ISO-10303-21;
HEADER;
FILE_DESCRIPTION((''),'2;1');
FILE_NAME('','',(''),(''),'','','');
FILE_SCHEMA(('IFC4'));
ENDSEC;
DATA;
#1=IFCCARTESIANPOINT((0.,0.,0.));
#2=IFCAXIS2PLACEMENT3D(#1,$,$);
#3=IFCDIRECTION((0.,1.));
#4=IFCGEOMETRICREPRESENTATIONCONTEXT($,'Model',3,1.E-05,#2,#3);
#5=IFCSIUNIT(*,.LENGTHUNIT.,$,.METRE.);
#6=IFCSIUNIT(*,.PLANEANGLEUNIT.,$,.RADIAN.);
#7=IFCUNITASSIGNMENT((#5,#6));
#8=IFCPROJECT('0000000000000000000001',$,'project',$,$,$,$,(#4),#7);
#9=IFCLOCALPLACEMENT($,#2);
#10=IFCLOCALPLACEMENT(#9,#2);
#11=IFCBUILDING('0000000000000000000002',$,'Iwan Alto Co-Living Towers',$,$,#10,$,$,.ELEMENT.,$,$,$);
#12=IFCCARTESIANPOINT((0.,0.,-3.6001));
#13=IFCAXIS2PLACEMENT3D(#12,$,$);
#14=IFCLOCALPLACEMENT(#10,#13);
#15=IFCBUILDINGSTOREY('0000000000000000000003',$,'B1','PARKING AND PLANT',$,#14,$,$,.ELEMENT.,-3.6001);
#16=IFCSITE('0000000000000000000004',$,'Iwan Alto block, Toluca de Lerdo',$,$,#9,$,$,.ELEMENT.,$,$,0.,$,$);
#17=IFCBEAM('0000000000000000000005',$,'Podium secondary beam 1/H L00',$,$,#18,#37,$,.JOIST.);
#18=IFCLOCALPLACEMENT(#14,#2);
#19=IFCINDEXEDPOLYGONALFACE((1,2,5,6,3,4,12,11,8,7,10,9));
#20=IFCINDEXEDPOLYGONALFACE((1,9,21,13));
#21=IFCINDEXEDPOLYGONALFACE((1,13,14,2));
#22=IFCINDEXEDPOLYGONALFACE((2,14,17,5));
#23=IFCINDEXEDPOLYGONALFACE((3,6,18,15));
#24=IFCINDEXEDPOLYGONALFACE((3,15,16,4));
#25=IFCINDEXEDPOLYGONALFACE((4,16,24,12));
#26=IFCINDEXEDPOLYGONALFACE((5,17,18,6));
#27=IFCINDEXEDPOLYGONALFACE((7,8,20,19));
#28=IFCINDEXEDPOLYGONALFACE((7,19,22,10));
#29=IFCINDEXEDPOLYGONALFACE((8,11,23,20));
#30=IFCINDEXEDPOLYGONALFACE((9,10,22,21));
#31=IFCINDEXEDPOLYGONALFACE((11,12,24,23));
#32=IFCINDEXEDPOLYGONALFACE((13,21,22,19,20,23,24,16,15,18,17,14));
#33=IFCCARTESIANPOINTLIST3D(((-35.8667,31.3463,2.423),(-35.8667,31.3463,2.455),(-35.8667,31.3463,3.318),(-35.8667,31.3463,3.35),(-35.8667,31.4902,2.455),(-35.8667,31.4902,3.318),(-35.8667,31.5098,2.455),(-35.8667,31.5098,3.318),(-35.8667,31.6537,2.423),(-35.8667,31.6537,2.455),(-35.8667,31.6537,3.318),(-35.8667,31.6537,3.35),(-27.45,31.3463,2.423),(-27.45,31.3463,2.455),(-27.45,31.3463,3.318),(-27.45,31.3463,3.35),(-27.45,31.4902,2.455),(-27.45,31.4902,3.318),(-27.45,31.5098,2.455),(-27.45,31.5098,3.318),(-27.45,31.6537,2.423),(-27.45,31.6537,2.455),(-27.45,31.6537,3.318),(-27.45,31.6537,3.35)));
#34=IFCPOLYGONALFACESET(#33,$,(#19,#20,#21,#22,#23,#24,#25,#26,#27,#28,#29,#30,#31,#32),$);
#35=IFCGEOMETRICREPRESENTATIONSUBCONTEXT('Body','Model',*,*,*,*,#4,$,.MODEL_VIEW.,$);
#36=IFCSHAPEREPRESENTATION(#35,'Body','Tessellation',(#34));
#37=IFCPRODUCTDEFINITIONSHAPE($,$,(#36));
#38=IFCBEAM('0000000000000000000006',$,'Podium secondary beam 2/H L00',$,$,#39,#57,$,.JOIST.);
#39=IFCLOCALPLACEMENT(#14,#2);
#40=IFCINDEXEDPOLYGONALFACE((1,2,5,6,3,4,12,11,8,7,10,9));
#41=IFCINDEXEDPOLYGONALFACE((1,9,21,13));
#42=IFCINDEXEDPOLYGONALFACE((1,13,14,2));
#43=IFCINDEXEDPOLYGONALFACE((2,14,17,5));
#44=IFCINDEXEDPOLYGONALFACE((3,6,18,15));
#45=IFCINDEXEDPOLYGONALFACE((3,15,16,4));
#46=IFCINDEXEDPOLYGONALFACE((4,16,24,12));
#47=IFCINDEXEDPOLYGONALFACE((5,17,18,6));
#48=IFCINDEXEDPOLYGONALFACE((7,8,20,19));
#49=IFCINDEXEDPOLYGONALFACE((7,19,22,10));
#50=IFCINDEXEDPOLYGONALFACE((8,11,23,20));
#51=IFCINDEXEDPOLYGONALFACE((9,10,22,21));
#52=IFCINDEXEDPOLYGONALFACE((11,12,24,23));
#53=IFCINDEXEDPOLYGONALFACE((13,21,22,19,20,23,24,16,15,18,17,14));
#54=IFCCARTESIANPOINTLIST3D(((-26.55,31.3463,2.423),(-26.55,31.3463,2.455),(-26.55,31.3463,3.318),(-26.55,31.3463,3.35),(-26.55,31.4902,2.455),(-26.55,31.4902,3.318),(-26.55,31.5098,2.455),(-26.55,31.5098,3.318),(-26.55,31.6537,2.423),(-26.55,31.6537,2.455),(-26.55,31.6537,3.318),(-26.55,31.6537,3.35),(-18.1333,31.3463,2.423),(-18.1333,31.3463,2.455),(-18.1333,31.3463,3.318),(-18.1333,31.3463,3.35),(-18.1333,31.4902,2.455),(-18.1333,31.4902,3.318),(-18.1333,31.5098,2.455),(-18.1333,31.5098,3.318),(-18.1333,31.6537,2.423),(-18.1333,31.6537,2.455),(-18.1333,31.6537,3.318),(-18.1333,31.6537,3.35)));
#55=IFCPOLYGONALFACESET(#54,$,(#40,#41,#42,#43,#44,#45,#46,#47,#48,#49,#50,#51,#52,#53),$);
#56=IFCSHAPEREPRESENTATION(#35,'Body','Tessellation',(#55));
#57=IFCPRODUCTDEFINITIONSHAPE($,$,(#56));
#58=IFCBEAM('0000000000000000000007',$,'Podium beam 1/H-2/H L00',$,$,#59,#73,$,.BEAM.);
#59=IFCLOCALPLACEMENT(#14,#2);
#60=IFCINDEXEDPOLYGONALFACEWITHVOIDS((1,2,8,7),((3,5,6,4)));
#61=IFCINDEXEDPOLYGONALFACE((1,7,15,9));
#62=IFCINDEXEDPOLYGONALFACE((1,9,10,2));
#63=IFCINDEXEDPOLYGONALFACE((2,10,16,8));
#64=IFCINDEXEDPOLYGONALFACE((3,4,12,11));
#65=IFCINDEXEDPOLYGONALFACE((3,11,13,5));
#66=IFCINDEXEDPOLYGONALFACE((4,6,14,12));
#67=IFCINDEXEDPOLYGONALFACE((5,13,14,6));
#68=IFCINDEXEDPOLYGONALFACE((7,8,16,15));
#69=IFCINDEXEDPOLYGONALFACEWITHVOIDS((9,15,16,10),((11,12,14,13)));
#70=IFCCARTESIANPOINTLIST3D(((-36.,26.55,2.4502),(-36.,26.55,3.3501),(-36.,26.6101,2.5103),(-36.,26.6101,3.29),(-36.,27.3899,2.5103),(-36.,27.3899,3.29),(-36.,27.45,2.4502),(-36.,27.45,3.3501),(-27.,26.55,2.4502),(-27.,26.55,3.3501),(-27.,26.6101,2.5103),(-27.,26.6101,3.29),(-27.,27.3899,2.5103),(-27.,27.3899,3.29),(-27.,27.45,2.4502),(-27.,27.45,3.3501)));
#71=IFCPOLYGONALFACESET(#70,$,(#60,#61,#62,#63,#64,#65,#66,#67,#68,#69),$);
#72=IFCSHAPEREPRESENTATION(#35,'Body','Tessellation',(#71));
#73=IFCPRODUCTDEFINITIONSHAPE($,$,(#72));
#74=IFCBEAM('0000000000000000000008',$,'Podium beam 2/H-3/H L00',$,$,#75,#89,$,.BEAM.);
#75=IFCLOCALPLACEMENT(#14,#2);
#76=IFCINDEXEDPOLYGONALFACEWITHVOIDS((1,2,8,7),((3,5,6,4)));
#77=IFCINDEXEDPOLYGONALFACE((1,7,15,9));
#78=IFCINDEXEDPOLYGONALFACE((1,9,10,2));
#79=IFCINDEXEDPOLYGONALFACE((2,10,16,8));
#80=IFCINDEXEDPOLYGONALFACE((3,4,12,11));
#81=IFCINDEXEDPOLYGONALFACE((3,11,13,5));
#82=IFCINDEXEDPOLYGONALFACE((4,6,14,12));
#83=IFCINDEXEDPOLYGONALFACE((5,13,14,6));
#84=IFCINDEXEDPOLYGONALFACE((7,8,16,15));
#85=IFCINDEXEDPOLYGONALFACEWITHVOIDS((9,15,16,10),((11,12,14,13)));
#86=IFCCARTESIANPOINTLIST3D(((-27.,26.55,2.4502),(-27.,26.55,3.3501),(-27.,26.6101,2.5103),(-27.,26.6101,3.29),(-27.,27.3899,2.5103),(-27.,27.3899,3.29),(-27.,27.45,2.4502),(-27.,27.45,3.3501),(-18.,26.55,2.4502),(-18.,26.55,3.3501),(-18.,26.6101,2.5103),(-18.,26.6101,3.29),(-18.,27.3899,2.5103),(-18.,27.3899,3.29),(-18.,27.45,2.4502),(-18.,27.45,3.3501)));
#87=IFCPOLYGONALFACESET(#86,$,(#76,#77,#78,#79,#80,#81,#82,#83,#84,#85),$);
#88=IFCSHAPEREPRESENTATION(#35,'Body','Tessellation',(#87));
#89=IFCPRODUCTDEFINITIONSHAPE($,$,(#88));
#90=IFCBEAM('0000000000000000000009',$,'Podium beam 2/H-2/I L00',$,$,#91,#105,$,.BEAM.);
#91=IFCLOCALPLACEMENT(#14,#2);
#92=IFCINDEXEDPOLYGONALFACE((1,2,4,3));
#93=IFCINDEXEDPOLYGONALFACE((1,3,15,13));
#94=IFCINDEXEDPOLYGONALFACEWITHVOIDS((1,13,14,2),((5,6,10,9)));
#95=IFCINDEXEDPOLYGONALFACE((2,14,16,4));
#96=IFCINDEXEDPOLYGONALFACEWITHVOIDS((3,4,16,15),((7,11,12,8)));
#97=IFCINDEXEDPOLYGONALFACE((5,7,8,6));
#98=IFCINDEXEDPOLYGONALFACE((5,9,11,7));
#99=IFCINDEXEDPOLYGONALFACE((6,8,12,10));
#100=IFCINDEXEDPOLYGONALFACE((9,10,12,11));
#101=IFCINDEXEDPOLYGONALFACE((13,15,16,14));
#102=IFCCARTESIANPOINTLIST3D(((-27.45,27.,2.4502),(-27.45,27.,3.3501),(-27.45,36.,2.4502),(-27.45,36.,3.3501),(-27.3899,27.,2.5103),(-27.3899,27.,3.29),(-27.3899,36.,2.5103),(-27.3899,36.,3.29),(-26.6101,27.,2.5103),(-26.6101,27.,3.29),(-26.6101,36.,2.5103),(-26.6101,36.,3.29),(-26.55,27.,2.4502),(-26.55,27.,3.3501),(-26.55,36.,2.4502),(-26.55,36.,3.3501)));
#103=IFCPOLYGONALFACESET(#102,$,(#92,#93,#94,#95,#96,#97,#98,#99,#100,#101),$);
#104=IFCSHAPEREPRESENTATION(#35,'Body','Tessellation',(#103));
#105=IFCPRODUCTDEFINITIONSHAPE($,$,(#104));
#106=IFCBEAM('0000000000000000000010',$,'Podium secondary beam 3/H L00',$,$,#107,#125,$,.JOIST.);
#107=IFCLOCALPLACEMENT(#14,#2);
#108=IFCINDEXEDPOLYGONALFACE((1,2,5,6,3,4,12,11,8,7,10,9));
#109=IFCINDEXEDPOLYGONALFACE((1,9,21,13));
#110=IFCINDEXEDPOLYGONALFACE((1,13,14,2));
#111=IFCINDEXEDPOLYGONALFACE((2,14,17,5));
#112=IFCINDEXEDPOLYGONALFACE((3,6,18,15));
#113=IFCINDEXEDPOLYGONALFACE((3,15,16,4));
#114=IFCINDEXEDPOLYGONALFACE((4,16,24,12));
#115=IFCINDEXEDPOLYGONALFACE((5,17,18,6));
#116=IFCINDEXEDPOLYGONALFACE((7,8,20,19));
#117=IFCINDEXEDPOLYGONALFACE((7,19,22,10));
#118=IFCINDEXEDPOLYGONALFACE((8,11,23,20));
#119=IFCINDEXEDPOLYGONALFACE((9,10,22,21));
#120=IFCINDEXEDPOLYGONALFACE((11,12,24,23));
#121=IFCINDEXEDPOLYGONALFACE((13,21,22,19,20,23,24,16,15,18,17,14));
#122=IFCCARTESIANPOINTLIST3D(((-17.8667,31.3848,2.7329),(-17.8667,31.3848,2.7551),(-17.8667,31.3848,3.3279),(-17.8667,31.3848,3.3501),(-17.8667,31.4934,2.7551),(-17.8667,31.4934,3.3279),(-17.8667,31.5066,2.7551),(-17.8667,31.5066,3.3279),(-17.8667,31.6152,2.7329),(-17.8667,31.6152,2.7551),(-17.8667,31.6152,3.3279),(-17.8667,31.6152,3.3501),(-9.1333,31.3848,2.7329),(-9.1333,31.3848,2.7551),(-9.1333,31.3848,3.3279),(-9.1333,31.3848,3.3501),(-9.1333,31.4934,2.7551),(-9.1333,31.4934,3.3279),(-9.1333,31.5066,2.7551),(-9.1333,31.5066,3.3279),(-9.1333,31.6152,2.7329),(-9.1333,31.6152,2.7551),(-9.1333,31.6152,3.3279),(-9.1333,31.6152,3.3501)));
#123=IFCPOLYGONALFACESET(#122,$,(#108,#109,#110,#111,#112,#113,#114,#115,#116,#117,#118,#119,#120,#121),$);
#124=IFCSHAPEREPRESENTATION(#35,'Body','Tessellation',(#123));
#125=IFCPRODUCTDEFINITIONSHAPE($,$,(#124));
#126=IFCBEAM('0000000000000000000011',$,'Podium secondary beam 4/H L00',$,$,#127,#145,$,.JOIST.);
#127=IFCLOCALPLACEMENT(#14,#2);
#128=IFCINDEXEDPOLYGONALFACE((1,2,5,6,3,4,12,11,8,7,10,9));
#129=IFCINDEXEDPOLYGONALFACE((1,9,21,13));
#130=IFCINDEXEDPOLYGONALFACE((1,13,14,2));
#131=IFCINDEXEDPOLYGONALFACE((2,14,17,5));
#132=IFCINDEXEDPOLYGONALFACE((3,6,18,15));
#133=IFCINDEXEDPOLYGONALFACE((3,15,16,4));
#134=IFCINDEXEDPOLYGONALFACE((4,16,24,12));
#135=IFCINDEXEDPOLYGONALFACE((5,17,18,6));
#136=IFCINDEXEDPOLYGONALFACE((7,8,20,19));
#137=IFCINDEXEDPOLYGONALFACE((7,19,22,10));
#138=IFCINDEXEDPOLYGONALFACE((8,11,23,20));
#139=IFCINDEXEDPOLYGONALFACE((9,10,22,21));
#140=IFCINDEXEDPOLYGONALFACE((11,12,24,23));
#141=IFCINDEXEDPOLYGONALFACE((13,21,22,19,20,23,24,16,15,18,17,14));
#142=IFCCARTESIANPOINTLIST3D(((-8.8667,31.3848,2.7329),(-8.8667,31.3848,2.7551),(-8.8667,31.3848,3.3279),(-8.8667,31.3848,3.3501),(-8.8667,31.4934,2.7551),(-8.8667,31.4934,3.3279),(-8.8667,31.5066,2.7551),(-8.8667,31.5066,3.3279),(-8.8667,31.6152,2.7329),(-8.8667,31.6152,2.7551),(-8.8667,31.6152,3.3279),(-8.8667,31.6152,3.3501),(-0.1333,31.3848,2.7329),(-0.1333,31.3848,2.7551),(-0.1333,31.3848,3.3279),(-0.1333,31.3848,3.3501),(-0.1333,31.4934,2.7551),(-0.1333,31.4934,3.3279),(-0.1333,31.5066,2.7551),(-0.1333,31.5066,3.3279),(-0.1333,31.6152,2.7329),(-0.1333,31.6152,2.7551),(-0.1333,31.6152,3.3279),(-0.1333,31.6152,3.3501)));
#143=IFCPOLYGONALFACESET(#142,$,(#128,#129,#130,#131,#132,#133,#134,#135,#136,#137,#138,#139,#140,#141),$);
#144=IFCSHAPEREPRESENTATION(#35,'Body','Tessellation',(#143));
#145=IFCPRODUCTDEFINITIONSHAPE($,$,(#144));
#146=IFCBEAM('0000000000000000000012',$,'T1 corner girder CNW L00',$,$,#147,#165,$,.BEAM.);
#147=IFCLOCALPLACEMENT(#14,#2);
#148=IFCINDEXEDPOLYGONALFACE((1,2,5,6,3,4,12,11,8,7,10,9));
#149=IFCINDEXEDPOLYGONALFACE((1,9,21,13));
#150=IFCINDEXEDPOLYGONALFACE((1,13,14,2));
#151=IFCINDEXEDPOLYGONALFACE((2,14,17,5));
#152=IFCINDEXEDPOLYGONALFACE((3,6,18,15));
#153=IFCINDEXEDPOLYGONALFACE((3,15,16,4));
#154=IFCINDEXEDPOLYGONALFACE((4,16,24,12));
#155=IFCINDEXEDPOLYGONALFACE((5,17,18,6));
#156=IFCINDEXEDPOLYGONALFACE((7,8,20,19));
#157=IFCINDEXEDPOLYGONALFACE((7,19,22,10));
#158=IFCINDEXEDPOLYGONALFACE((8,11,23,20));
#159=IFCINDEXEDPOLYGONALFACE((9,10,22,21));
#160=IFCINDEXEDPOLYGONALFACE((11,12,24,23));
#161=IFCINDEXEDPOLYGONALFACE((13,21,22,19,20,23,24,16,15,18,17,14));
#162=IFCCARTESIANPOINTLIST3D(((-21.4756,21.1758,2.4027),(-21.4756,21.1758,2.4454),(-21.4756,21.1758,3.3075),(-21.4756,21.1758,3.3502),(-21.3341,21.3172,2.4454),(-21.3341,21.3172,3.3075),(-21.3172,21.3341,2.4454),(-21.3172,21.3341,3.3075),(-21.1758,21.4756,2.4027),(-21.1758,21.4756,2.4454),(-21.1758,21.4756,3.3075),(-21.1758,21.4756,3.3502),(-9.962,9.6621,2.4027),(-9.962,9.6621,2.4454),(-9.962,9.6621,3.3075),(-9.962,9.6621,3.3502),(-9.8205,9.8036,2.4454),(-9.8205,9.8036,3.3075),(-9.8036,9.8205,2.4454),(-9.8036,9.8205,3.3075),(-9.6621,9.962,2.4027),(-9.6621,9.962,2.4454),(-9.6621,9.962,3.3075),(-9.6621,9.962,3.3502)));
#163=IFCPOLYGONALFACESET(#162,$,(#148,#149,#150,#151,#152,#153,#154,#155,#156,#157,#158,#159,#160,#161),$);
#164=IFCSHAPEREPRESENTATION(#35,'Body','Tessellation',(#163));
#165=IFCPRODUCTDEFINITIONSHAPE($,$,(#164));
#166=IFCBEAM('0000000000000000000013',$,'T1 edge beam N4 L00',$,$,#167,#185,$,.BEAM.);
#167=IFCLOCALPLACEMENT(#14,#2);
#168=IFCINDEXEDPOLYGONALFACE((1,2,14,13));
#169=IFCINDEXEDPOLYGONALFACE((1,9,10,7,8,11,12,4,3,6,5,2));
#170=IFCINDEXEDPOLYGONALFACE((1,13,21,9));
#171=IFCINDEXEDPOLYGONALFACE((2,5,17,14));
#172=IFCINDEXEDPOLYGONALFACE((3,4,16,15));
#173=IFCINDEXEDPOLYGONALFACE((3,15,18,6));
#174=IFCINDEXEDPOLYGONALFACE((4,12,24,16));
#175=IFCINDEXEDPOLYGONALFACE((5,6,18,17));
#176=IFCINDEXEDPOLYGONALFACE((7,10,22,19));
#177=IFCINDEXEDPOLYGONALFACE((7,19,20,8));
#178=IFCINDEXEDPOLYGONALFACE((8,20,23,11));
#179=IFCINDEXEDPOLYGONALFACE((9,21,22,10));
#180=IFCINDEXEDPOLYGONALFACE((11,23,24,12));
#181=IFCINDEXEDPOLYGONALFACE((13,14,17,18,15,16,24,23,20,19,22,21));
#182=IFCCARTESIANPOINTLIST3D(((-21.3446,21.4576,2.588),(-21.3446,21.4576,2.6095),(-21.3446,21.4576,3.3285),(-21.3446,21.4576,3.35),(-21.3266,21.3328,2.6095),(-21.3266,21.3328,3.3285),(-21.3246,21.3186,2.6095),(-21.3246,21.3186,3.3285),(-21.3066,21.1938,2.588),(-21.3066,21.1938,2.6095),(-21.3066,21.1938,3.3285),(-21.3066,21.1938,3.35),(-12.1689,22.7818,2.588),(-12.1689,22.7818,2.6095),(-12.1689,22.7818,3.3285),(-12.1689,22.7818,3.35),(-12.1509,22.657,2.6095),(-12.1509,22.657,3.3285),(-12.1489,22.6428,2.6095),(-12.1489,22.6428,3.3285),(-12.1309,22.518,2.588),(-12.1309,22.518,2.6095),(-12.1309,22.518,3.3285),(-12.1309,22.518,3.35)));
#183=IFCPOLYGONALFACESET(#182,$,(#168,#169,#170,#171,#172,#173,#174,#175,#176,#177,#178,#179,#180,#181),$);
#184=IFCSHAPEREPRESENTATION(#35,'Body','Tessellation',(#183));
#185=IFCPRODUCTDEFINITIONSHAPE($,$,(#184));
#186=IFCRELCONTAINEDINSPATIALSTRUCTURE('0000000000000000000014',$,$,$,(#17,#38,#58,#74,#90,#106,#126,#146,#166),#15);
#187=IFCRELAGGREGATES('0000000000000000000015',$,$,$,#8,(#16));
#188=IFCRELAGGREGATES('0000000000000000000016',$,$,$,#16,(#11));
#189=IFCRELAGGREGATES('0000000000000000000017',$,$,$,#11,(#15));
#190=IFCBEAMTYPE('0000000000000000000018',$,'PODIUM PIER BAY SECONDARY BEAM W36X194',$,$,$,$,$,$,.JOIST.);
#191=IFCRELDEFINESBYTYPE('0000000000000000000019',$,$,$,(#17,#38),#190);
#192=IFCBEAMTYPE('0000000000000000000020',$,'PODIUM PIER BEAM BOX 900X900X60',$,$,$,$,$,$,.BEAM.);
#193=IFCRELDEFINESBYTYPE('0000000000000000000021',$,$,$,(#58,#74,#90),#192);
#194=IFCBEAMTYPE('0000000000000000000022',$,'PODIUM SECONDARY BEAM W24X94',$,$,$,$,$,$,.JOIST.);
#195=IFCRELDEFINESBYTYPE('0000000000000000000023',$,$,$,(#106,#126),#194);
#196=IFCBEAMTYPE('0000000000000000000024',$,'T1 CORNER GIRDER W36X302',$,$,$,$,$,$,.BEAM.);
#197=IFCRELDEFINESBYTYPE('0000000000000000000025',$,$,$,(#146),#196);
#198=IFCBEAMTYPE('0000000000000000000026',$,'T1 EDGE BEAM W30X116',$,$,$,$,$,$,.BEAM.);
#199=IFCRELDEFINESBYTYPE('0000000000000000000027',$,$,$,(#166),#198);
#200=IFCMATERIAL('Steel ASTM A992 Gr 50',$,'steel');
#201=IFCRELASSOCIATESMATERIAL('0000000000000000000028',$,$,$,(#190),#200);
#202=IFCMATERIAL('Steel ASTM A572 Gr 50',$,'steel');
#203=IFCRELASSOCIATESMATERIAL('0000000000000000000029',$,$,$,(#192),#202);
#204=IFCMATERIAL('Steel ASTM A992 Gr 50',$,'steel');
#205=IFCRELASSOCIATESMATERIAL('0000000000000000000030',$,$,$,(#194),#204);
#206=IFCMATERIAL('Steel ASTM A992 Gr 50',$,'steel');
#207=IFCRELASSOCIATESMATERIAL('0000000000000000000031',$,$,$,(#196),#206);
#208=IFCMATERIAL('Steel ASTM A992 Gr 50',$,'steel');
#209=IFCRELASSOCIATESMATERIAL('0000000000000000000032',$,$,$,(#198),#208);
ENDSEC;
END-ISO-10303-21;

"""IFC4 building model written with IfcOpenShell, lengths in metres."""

from ifc_helpers import new_model, si_unit, direction, frame, origin, origin_2d, place, context, subcontext, project, spatial, hollow_rectangle, i_section, extrude, material, material_profile, profile_set, type_object, element, save


model = new_model("IFC4")

# Units and contexts
model_context = context("Model", 3, precision=1e-05, world=origin(), true_north=direction((0.0, 1.0)))
body_context = subcontext(model_context, "Body", "Model", "MODEL_VIEW")
ifc_project = project(units=[si_unit("LENGTHUNIT", "METRE"), si_unit("PLANEANGLEUNIT", "RADIAN")], contexts=[model_context])

# Site, building, storey
site_placement = place(None, origin())
site = spatial("IfcSite", under=ifc_project, at=site_placement, Name="Iwan Alto block, Toluca de Lerdo", CompositionType="ELEMENT", RefElevation=0.0)
building_placement = place(site_placement, origin())
building = spatial("IfcBuilding", under=site, at=building_placement, Name="Iwan Alto Co-Living Towers", CompositionType="ELEMENT")
storey_placement = place(building_placement, frame((0.0, 0.0, -3.6001)))
storey = spatial("IfcBuildingStorey", under=building, at=storey_placement, Name="B1", Description="PARKING AND PLANT", CompositionType="ELEMENT", Elevation=-3.6001)

# Beams
ifc_material_1 = material(Name="Steel ASTM A992 Gr 50", Category="steel")
ifc_material_profile_1 = material_profile(ifc_material_1, i_section(OverallWidth=0.3074, OverallDepth=0.927, WebThickness=0.0195, FlangeThickness=0.032, at=origin_2d()), Name="W36X194")
ifc_profile_set_1 = profile_set([ifc_material_profile_1], Name="Steel ASTM A992 Gr 50")
beam_type_1 = type_object("IfcBeamType", Name="PODIUM PIER BAY SECONDARY BEAM W36X194", PredefinedType="JOIST", material=ifc_profile_set_1)
for number, where, z_axis, x_axis, name in (
    (1, (-35.8667, 31.5, 2.8865), (1.0, 0.0, 0.0), (0.0, 1.0, 0.0), "Podium secondary beam 1/H L00"),
    (2, (-26.55, 31.5, 2.8865), (1.0, 0.0, 0.0), (0.0, 1.0, 0.0), "Podium secondary beam 2/H L00"),
):
    element("IfcBeam", number, at=place(storey_placement, frame(where, z_axis=z_axis, x_axis=x_axis)), inside=storey, type_object=beam_type_1, Name=name, PredefinedType="JOIST", context=body_context, shape_type="SweptSolid", body=[
        extrude(i_section(OverallWidth=0.3074, OverallDepth=0.927, WebThickness=0.0195, FlangeThickness=0.032, at=origin_2d()), origin(), (0.0, 0.0, 1.0), 8.4167),
    ])
ifc_material_2 = material(Name="Steel ASTM A572 Gr 50", Category="steel")
ifc_material_profile_2 = material_profile(ifc_material_2, hollow_rectangle(XDim=0.8999, YDim=0.8999, WallThickness=0.0601, at=origin_2d()), Name="BOX 900X900X60")
ifc_profile_set_2 = profile_set([ifc_material_profile_2], Name="Steel ASTM A572 Gr 50")
beam_type_2 = type_object("IfcBeamType", Name="PODIUM PIER BEAM BOX 900X900X60", PredefinedType="BEAM", material=ifc_profile_set_2)
for number, where, z_axis, x_axis, name in (
    (3, (-36.0, 27.0, 2.9001), (1.0, 0.0, 0.0), (0.0, 1.0, 0.0), "Podium beam 1/H-2/H L00"),
    (4, (-27.0, 27.0, 2.9001), (1.0, 0.0, 0.0), (0.0, 1.0, 0.0), "Podium beam 2/H-3/H L00"),
    (5, (-27.0, 27.0, 2.9001), (0.0, 1.0, 0.0), (-1.0, 0.0, 0.0), "Podium beam 2/H-2/I L00"),
):
    element("IfcBeam", number, at=place(storey_placement, frame(where, z_axis=z_axis, x_axis=x_axis)), inside=storey, type_object=beam_type_2, Name=name, PredefinedType="BEAM", context=body_context, shape_type="SweptSolid", body=[
        extrude(hollow_rectangle(XDim=0.8999, YDim=0.8999, WallThickness=0.0601, at=origin_2d()), origin(), (0.0, 0.0, 1.0), 9.0),
    ])
ifc_material_3 = material(Name="Steel ASTM A992 Gr 50", Category="steel")
ifc_material_profile_3 = material_profile(ifc_material_3, i_section(OverallWidth=0.2305, OverallDepth=0.6172, WebThickness=0.0132, FlangeThickness=0.0222, at=origin_2d()), Name="W24X94")
ifc_profile_set_3 = profile_set([ifc_material_profile_3], Name="Steel ASTM A992 Gr 50")
beam_type_3 = type_object("IfcBeamType", Name="PODIUM SECONDARY BEAM W24X94", PredefinedType="JOIST", material=ifc_profile_set_3)
for number, where, z_axis, x_axis, name in (
    (6, (-17.8667, 31.5, 3.0415), (1.0, 0.0, 0.0), (0.0, 1.0, 0.0), "Podium secondary beam 3/H L00"),
    (7, (-8.8667, 31.5, 3.0415), (1.0, 0.0, 0.0), (0.0, 1.0, 0.0), "Podium secondary beam 4/H L00"),
):
    element("IfcBeam", number, at=place(storey_placement, frame(where, z_axis=z_axis, x_axis=x_axis)), inside=storey, type_object=beam_type_3, Name=name, PredefinedType="JOIST", context=body_context, shape_type="SweptSolid", body=[
        extrude(i_section(OverallWidth=0.2305, OverallDepth=0.6172, WebThickness=0.0132, FlangeThickness=0.0222, at=origin_2d()), origin(), (0.0, 0.0, 1.0), 8.7334),
    ])
ifc_material_4 = material(Name="Steel ASTM A992 Gr 50", Category="steel")
ifc_material_profile_4 = material_profile(ifc_material_4, i_section(OverallWidth=0.4241, OverallDepth=0.9475, WebThickness=0.0239, FlangeThickness=0.0427, at=origin_2d()), Name="W36X302")
ifc_profile_set_4 = profile_set([ifc_material_profile_4], Name="Steel ASTM A992 Gr 50")
beam_type_4 = type_object("IfcBeamType", Name="T1 CORNER GIRDER W36X302", PredefinedType="BEAM", material=ifc_profile_set_4)
beam_1_placement = place(storey_placement, frame((-21.3257, 21.3257, 2.8765), z_axis=(0.707107, -0.707107, 0.0), x_axis=(0.707107, 0.707107, 0.0)))
element("IfcBeam", 8, at=beam_1_placement, inside=storey, type_object=beam_type_4, Name="T1 corner girder CNW L00", PredefinedType="BEAM", context=body_context, shape_type="SweptSolid", body=[
    extrude(i_section(OverallWidth=0.4241, OverallDepth=0.9475, WebThickness=0.0239, FlangeThickness=0.0427, at=origin_2d()), origin(), (0.0, 0.0, 1.0), 16.2827),
])
ifc_material_5 = material(Name="Steel ASTM A992 Gr 50", Category="steel")
ifc_material_profile_5 = material_profile(ifc_material_5, i_section(OverallWidth=0.2666, OverallDepth=0.762, WebThickness=0.0144, FlangeThickness=0.0215, at=origin_2d()), Name="W30X116")
ifc_profile_set_5 = profile_set([ifc_material_profile_5], Name="Steel ASTM A992 Gr 50")
beam_type_5 = type_object("IfcBeamType", Name="T1 EDGE BEAM W30X116", PredefinedType="BEAM", material=ifc_profile_set_5)
for number, where, z_axis, x_axis, name in (
    (9, (-12.1499, 22.6499, 2.969), (-0.989746, -0.142837, 0.0), (0.142837, -0.989746, 0.0), "T1 edge beam N4 L00"),
):
    element("IfcBeam", number, at=place(storey_placement, frame(where, z_axis=z_axis, x_axis=x_axis)), inside=storey, type_object=beam_type_5, Name=name, PredefinedType="BEAM", context=body_context, shape_type="SweptSolid", body=[
        extrude(i_section(OverallWidth=0.2666, OverallDepth=0.762, WebThickness=0.0144, FlangeThickness=0.0215, at=origin_2d()), origin(), (0.0, 0.0, 1.0), 9.2708),
    ])

save(model, "model.ifc")
